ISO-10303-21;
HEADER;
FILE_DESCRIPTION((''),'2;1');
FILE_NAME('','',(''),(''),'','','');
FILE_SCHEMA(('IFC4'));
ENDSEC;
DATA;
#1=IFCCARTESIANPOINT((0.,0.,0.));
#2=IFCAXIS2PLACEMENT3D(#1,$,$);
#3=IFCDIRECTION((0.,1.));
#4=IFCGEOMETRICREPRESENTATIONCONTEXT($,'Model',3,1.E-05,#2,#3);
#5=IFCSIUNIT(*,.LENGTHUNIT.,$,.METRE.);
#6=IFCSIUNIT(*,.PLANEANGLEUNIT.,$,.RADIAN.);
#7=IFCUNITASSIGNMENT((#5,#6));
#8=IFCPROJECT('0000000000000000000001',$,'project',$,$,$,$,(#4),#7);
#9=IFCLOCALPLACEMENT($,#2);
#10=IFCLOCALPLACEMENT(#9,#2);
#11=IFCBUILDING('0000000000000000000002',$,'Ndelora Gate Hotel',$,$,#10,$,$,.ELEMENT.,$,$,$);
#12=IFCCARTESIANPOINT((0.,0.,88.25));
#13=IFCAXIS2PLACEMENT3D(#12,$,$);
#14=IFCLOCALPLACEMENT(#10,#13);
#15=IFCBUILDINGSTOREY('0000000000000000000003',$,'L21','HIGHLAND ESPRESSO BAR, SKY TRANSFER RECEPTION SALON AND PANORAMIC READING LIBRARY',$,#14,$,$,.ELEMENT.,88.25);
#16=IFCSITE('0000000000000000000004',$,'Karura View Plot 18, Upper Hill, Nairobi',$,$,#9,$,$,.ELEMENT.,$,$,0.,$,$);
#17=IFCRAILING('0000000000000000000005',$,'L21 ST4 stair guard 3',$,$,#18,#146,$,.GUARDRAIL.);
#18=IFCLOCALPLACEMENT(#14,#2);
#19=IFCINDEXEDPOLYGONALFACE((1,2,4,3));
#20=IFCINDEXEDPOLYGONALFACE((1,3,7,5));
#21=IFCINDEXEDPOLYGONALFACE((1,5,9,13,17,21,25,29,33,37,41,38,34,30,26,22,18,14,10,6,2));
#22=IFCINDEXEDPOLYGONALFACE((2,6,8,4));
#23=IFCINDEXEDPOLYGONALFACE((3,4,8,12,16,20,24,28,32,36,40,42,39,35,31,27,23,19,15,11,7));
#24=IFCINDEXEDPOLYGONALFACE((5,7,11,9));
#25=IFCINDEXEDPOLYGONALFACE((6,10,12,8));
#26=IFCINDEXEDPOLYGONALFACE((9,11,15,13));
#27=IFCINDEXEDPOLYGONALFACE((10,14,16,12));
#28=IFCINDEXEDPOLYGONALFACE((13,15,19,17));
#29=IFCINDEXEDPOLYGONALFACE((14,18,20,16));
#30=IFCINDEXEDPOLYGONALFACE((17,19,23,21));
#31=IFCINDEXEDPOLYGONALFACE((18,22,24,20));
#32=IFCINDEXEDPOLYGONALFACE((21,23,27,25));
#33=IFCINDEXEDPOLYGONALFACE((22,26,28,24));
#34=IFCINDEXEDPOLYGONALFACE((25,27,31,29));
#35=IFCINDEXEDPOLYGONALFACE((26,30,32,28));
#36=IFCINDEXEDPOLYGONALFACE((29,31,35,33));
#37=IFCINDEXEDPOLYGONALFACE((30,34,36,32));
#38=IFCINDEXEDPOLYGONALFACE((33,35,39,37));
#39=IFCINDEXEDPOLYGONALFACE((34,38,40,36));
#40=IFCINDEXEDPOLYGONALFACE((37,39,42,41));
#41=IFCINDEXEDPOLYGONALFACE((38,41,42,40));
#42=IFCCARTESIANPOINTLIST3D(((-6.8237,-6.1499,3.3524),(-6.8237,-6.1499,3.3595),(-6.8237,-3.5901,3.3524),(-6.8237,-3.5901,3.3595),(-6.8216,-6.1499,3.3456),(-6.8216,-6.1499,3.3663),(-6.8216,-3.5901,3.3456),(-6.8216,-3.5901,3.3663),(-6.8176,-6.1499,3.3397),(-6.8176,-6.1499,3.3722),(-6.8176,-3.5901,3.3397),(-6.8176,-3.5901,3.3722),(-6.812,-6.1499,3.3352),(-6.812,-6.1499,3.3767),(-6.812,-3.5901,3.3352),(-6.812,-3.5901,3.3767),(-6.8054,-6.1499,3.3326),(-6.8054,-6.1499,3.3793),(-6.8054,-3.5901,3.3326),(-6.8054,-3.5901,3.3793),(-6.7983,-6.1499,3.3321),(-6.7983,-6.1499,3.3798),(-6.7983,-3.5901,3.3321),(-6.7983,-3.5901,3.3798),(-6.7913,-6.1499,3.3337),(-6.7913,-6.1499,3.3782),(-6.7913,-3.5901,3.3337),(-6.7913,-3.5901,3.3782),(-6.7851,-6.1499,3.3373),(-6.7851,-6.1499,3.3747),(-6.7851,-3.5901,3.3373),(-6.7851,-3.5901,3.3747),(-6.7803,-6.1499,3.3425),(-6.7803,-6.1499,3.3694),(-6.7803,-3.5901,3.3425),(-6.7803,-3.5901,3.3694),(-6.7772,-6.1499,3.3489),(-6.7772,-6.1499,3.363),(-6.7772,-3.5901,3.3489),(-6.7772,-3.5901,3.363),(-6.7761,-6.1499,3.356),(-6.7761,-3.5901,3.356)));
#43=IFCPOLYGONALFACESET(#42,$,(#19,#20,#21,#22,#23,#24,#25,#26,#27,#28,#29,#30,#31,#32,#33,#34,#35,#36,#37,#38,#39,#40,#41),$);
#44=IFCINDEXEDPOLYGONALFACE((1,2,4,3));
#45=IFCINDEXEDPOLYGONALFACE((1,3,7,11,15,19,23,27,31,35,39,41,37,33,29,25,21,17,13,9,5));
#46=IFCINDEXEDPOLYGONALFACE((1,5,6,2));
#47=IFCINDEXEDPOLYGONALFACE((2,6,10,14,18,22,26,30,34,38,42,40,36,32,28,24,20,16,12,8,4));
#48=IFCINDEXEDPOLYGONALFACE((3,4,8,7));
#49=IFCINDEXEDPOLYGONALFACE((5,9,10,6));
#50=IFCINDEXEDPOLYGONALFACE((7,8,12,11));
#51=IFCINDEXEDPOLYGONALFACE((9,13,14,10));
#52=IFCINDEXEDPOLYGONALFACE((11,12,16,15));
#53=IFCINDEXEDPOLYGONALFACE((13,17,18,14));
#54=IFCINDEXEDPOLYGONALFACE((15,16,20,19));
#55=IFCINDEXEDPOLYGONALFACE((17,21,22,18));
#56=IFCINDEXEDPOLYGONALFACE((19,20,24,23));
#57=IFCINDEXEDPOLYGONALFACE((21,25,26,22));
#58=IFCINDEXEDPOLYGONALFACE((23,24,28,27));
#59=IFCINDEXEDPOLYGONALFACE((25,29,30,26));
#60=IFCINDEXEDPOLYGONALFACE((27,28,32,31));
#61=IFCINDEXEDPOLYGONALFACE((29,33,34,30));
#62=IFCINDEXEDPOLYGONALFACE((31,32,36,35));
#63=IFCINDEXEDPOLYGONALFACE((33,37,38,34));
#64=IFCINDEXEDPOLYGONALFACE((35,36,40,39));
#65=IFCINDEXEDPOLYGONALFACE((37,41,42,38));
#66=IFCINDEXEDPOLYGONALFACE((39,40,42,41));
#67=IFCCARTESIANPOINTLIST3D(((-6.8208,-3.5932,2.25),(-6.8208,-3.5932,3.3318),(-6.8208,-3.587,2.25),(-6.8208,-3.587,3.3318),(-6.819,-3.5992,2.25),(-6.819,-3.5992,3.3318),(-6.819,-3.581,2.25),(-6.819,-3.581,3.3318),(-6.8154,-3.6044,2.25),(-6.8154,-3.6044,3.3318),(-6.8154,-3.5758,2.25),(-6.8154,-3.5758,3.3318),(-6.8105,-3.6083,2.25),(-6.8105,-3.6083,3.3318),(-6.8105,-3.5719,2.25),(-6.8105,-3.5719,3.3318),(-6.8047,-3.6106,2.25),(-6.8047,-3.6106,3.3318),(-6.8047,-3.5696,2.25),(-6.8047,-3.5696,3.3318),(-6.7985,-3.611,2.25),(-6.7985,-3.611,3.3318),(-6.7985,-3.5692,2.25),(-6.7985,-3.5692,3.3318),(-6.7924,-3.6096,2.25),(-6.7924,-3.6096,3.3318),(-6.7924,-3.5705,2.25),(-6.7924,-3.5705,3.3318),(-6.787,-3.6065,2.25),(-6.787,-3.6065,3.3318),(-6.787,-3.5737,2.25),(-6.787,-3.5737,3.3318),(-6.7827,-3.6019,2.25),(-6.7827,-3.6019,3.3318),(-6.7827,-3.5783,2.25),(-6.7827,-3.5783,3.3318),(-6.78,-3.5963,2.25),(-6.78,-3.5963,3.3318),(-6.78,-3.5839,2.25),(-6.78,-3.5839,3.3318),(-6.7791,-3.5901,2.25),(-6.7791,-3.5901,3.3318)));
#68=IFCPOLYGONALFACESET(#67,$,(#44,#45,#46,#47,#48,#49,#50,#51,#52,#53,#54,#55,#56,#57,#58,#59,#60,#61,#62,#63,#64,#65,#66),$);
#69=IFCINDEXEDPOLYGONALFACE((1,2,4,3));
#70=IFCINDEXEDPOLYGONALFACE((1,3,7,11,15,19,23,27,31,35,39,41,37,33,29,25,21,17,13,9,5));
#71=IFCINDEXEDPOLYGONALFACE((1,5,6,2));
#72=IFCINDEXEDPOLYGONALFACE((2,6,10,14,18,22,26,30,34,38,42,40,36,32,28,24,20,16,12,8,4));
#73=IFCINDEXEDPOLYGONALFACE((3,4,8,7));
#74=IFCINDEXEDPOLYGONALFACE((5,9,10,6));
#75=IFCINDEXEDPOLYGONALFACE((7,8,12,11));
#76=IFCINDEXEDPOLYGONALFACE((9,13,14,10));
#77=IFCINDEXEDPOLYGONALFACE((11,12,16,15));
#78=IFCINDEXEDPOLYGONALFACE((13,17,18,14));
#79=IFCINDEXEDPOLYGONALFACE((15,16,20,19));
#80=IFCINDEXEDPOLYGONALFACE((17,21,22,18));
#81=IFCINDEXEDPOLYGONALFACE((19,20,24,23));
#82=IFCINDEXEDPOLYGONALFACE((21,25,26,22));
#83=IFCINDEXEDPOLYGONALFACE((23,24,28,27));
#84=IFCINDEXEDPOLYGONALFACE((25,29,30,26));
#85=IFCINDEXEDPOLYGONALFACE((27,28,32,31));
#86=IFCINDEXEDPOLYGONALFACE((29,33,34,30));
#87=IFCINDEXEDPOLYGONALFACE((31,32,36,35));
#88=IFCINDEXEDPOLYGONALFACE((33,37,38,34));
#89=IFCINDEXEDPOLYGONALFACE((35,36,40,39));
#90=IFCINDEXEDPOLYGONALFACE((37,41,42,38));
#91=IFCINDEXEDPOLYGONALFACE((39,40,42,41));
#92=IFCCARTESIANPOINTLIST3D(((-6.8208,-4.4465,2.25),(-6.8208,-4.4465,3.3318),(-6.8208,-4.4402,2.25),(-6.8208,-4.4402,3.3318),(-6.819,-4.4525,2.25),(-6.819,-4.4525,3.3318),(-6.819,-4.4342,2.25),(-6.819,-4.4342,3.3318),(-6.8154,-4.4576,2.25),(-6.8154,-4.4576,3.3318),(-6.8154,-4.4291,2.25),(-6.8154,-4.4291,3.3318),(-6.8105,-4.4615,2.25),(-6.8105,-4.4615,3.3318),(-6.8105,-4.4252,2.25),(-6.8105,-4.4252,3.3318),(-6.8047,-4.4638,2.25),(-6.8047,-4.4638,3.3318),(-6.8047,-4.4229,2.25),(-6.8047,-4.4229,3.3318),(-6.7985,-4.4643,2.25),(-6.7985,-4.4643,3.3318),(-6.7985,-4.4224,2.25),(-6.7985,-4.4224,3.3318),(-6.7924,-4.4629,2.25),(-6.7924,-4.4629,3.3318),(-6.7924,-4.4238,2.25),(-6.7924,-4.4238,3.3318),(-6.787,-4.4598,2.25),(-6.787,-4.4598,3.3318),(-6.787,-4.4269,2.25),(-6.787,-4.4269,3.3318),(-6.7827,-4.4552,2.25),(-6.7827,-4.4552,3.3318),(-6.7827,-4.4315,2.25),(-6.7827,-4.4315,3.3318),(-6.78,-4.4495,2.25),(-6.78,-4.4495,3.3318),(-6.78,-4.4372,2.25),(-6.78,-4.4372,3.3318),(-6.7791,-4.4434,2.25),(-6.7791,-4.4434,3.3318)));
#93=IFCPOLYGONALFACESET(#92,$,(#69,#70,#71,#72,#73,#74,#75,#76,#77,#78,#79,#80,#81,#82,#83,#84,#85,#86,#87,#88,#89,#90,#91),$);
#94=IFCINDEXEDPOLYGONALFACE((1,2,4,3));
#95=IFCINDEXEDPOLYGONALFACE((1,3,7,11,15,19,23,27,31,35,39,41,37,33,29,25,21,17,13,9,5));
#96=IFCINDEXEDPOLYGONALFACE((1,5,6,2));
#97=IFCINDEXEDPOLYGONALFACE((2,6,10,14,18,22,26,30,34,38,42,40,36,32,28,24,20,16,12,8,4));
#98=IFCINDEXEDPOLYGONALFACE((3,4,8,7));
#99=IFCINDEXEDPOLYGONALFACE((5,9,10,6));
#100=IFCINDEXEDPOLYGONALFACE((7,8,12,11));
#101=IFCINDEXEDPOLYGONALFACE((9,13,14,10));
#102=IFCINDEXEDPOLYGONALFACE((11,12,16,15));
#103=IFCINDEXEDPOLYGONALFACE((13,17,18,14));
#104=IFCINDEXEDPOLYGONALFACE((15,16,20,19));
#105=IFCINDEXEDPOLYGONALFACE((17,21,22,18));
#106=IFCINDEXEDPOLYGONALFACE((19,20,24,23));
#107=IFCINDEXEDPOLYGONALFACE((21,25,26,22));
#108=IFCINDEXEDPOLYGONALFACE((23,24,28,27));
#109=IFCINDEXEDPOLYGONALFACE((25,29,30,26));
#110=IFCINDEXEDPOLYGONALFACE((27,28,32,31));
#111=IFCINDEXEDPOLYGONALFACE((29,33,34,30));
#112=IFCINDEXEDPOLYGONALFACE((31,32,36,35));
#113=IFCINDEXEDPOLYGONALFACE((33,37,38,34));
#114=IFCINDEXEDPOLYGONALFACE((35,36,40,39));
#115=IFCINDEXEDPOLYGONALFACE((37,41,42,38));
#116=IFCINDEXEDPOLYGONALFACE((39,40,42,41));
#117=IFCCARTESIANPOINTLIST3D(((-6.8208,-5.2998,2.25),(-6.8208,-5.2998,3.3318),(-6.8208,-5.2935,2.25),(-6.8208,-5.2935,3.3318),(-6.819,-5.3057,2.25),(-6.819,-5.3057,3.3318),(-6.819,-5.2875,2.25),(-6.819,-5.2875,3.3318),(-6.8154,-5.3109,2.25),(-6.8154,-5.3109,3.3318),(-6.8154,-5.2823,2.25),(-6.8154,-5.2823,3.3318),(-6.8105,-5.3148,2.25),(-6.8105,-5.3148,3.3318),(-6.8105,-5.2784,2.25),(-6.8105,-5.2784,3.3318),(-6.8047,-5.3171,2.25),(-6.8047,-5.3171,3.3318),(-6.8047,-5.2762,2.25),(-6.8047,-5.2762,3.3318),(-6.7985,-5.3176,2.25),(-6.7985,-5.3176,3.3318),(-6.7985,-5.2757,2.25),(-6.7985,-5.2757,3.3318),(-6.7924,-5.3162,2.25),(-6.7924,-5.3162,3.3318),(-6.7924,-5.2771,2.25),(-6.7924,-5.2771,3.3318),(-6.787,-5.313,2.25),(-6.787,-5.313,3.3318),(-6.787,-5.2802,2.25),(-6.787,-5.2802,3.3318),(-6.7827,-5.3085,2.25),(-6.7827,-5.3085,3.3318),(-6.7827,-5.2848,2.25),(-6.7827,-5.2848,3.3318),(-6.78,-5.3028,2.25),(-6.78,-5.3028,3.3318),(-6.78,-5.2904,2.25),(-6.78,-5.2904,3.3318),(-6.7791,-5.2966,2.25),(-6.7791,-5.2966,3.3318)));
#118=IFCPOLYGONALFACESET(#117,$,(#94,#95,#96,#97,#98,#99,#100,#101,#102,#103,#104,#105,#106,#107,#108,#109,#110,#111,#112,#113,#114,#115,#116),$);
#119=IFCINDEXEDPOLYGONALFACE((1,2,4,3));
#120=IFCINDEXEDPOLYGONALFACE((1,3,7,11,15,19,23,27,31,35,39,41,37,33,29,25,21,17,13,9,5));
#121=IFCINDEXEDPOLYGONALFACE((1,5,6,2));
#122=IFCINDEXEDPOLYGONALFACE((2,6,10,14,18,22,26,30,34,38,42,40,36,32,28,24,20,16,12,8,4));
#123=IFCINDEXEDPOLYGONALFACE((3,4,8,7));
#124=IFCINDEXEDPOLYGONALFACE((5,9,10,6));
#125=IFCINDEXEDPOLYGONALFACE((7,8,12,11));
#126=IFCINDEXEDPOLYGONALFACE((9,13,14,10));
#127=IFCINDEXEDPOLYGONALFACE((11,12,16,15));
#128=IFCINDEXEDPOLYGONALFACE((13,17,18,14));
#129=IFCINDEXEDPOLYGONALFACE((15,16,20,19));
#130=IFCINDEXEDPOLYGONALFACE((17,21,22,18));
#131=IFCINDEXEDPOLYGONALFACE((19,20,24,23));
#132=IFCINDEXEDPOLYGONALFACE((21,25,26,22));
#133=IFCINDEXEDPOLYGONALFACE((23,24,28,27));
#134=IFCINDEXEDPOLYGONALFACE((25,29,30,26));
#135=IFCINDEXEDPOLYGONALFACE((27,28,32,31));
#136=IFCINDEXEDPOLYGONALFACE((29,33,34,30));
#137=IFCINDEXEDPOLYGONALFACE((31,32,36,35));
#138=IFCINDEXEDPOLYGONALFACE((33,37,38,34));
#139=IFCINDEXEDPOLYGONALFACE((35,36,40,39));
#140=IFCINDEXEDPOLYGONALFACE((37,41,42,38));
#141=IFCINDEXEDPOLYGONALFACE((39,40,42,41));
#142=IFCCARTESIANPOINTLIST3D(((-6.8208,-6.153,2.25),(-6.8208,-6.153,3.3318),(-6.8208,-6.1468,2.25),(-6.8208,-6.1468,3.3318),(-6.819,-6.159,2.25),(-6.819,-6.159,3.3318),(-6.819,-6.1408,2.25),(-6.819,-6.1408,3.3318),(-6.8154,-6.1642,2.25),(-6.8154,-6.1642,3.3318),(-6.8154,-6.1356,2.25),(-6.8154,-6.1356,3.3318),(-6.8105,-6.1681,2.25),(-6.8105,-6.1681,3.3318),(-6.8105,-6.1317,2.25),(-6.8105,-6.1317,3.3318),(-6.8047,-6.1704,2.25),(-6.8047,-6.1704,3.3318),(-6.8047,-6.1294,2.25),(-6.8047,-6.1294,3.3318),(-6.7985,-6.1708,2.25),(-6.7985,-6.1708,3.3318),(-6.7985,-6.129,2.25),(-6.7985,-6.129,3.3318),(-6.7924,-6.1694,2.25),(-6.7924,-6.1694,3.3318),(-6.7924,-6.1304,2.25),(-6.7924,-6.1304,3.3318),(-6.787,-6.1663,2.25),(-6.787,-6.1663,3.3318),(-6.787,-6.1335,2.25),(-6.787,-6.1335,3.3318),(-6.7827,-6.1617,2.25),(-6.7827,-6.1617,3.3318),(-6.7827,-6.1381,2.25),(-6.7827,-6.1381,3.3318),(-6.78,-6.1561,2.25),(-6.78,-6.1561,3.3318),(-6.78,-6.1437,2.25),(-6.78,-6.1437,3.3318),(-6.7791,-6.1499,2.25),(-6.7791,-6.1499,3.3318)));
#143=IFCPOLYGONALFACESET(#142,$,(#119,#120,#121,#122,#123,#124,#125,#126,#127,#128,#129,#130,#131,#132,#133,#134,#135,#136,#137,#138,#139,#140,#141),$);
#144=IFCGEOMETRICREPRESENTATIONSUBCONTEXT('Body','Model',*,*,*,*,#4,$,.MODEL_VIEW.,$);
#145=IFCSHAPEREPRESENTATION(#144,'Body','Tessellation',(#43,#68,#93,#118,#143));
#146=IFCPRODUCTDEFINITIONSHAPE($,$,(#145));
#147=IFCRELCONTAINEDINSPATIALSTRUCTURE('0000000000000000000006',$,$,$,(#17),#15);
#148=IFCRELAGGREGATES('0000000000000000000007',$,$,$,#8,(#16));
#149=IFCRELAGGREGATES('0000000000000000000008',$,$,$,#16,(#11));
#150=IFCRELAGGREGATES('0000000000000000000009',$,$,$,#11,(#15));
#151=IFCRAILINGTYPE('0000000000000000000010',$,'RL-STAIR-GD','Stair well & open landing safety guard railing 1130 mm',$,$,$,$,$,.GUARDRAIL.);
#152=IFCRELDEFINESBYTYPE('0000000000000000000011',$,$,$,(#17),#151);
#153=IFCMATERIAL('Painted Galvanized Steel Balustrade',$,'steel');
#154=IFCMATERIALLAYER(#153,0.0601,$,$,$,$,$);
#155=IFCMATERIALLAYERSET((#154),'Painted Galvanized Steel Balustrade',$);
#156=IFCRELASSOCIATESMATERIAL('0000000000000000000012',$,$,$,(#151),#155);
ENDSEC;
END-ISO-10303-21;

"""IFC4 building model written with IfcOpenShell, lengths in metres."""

from ifc_helpers import new_model, si_unit, direction, frame, origin, origin_2d, place, context, subcontext, project, spatial, circle, extrude, material, layer, layer_set, type_object, element, save


model = new_model("IFC4")

# Units and contexts
model_context = context("Model", 3, precision=1e-05, world=origin(), true_north=direction((0.0, 1.0)))
body_context = subcontext(model_context, "Body", "Model", "MODEL_VIEW")
ifc_project = project(units=[si_unit("LENGTHUNIT", "METRE"), si_unit("PLANEANGLEUNIT", "RADIAN")], contexts=[model_context])

# Site, building, storey
site_placement = place(None, origin())
site = spatial("IfcSite", under=ifc_project, at=site_placement, Name="Karura View Plot 18, Upper Hill, Nairobi", CompositionType="ELEMENT", RefElevation=0.0)
building_placement = place(site_placement, origin())
building = spatial("IfcBuilding", under=site, at=building_placement, Name="Ndelora Gate Hotel", CompositionType="ELEMENT")
storey_placement = place(building_placement, frame((0.0, 0.0, 88.25)))
storey = spatial("IfcBuildingStorey", under=building, at=storey_placement, Name="L21", Description="HIGHLAND ESPRESSO BAR, SKY TRANSFER RECEPTION SALON AND PANORAMIC READING LIBRARY", CompositionType="ELEMENT", Elevation=88.25)

# Railing
ifc_material_1 = material(Name="Painted Galvanized Steel Balustrade", Category="steel")
ifc_layer_1 = layer(ifc_material_1, 0.0601)
ifc_layer_set_1 = layer_set([ifc_layer_1], Name="Painted Galvanized Steel Balustrade")
railing_type_1 = type_object("IfcRailingType", Name="RL-STAIR-GD", Description="Stair well & open landing safety guard railing 1130 mm", PredefinedType="GUARDRAIL", material=ifc_layer_set_1)
railing_1_placement = place(storey_placement, frame((-6.8, -3.5901, 2.25)))
element("IfcRailing", 1, at=railing_1_placement, inside=storey, type_object=railing_type_1, Name="L21 ST4 stair guard 3", PredefinedType="GUARDRAIL", context=body_context, shape_type="SweptSolid", body=[
    extrude(circle(Radius=0.0239, at=origin_2d()), frame((0.0, 0.0, 1.106), z_axis=(0.0, -1.0, 0.0), x_axis=(1.0, 0.0, 0.0)), (0.0, 0.0, 1.0), 2.5598),
    extrude(circle(Radius=0.021, at=origin_2d()), origin(), (0.0, 0.0, 1.0), 1.0818),
    extrude(circle(Radius=0.021, at=origin_2d()), frame((0.0, -0.8533, 0.0)), (0.0, 0.0, 1.0), 1.0818),
    extrude(circle(Radius=0.021, at=origin_2d()), frame((0.0, -1.7065, 0.0)), (0.0, 0.0, 1.0), 1.0818),
    extrude(circle(Radius=0.021, at=origin_2d()), frame((0.0, -2.5598, 0.0)), (0.0, 0.0, 1.0), 1.0818),
])

save(model, "model.ifc")
